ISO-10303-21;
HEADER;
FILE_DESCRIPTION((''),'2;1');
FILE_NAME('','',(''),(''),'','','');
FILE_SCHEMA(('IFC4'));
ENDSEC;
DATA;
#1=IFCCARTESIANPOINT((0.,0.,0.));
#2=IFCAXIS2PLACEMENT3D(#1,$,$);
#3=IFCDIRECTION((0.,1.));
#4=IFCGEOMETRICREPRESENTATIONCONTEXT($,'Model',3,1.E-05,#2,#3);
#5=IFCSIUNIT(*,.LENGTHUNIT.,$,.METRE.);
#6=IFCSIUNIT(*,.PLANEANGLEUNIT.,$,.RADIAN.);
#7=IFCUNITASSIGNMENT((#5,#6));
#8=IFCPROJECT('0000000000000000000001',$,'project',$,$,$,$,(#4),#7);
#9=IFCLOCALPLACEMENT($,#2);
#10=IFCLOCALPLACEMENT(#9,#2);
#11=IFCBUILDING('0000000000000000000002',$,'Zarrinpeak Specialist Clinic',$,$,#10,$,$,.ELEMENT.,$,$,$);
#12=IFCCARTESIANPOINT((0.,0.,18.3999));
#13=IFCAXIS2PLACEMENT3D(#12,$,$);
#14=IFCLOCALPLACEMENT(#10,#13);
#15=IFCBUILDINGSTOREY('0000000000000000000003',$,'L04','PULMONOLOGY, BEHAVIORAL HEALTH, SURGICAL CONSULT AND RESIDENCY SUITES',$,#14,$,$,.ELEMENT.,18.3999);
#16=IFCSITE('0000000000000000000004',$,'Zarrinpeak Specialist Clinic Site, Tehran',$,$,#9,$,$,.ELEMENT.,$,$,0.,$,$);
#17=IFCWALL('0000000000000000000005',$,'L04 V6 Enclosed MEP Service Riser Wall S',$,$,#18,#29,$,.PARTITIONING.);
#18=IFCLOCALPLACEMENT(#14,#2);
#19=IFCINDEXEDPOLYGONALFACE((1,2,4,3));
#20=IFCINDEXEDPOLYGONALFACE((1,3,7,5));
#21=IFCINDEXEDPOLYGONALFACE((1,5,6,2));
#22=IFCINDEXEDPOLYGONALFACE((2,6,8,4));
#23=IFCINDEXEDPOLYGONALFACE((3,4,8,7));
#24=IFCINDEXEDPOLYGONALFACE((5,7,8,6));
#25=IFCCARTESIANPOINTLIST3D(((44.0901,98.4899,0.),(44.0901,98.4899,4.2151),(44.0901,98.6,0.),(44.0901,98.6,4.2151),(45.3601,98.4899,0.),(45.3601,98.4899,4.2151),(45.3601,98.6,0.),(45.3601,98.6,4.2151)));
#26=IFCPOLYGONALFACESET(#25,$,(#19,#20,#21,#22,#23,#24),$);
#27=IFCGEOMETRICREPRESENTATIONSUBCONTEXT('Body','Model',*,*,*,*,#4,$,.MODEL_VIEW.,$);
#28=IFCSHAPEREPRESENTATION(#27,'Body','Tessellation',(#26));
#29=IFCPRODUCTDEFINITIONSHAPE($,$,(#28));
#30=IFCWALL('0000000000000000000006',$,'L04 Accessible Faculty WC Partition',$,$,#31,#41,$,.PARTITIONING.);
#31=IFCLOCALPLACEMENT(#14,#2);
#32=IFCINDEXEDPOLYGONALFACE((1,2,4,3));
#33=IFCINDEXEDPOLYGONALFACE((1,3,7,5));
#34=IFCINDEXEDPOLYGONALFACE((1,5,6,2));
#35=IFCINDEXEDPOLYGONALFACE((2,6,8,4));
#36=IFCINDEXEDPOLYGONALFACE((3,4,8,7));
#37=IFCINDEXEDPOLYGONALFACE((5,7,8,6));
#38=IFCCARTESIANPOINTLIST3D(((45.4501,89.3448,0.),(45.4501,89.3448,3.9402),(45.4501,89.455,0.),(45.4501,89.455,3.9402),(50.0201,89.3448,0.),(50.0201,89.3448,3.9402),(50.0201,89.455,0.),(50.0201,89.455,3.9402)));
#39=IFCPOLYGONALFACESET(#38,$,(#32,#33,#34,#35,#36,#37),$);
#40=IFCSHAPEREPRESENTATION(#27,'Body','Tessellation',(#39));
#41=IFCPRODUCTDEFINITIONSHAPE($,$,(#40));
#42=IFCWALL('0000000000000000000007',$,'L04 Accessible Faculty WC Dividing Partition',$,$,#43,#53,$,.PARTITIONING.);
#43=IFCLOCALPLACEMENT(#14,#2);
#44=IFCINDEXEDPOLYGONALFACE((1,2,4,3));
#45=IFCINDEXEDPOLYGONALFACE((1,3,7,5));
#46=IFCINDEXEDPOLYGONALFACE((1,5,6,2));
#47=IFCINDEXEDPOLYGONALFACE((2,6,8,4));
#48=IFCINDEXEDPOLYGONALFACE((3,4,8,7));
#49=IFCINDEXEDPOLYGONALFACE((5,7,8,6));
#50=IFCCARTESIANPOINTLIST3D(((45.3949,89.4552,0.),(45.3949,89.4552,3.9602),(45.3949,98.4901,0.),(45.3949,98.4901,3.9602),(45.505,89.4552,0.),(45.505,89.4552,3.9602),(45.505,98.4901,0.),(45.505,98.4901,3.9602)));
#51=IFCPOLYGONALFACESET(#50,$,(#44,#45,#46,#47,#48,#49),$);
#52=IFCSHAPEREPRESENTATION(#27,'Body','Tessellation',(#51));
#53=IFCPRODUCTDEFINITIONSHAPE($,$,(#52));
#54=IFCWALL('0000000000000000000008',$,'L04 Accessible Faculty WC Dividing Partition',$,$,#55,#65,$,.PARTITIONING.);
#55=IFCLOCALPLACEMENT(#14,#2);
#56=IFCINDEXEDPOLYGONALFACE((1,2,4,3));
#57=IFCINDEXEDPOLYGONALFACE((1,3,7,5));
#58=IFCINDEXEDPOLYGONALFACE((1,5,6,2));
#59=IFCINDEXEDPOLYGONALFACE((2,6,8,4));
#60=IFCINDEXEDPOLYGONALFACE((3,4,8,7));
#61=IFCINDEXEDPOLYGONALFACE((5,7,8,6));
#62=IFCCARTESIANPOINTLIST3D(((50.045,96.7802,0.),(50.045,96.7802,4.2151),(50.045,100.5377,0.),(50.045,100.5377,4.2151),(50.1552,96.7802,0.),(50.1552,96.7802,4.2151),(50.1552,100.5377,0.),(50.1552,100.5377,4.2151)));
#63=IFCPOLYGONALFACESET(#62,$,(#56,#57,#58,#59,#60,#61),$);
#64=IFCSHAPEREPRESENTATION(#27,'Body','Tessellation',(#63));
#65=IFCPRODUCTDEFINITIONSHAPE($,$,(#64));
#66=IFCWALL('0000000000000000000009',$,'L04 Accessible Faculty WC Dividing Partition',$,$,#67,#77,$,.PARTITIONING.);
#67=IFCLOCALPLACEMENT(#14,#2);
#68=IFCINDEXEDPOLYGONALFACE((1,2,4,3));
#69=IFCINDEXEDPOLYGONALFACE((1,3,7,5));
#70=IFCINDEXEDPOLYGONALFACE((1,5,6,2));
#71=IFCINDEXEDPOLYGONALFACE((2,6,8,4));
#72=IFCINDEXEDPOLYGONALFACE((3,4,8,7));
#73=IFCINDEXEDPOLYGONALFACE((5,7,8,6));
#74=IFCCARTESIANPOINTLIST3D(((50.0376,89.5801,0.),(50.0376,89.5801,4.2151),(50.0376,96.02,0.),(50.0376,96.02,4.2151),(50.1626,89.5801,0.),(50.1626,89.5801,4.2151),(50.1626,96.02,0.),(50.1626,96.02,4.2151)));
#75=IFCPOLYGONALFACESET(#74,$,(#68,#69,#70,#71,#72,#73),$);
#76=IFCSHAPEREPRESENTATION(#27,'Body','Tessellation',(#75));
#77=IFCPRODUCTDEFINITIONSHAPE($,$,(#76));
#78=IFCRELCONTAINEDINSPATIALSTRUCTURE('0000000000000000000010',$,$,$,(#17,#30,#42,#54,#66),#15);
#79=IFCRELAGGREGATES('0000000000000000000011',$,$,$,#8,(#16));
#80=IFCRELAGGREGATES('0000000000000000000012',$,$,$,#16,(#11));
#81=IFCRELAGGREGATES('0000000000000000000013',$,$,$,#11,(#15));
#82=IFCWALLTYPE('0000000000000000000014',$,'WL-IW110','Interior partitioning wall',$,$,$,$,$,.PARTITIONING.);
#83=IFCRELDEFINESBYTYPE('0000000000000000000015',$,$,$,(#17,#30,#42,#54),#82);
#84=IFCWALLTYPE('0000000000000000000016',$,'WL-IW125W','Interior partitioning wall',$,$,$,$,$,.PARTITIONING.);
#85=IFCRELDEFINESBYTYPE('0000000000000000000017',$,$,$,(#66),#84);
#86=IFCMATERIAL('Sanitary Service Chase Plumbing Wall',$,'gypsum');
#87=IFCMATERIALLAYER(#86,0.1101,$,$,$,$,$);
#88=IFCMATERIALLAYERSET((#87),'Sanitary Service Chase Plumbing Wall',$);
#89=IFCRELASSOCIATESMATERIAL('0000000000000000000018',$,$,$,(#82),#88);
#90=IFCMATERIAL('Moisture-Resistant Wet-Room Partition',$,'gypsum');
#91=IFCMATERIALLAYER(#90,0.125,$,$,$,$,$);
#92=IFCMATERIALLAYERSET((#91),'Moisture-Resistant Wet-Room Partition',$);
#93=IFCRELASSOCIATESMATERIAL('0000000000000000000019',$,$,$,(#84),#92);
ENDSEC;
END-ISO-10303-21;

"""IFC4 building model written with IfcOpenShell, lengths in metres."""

from ifc_helpers import new_model, si_unit, direction, frame, frame_2d, origin, place, context, subcontext, project, spatial, rectangle, extrude, material, layer, layer_set, type_object, element, save


model = new_model("IFC4")

# Units and contexts
model_context = context("Model", 3, precision=1e-05, world=origin(), true_north=direction((0.0, 1.0)))
body_context = subcontext(model_context, "Body", "Model", "MODEL_VIEW")
ifc_project = project(units=[si_unit("LENGTHUNIT", "METRE"), si_unit("PLANEANGLEUNIT", "RADIAN")], contexts=[model_context])

# Site, building, storey
site_placement = place(None, origin())
site = spatial("IfcSite", under=ifc_project, at=site_placement, Name="Zarrinpeak Specialist Clinic Site, Tehran", CompositionType="ELEMENT", RefElevation=0.0)
building_placement = place(site_placement, origin())
building = spatial("IfcBuilding", under=site, at=building_placement, Name="Zarrinpeak Specialist Clinic", CompositionType="ELEMENT")
storey_placement = place(building_placement, frame((0.0, 0.0, 18.3999)))
storey = spatial("IfcBuildingStorey", under=building, at=storey_placement, Name="L04", Description="PULMONOLOGY, BEHAVIORAL HEALTH, SURGICAL CONSULT AND RESIDENCY SUITES", CompositionType="ELEMENT", Elevation=18.3999)

# Walls
ifc_material_1 = material(Name="Sanitary Service Chase Plumbing Wall", Category="gypsum")
ifc_layer_1 = layer(ifc_material_1, 0.1101)
ifc_layer_set_1 = layer_set([ifc_layer_1], Name="Sanitary Service Chase Plumbing Wall")
wall_type_1 = type_object("IfcWallType", Name="WL-IW110", Description="Interior partitioning wall", PredefinedType="PARTITIONING", material=ifc_layer_set_1)
wall_1_placement = place(storey_placement, frame((44.0901, 98.5449, 0.0), z_axis=(0.0, 0.0, 1.0), x_axis=(1.0, 0.0, 0.0)))
element("IfcWall", 1, at=wall_1_placement, inside=storey, type_object=wall_type_1, Name="L04 V6 Enclosed MEP Service Riser Wall S", PredefinedType="PARTITIONING", context=body_context, shape_type="SweptSolid", body=[
    extrude(rectangle(XDim=1.27, YDim=0.1101, at=frame_2d((0.635, 0.0))), origin(), (0.0, 0.0, 1.0), 4.2151),
])
wall_2_placement = place(storey_placement, frame((45.45, 89.3999, 0.0), z_axis=(0.0, 0.0, 1.0), x_axis=(1.0, 0.0, 0.0)))
element("IfcWall", 2, at=wall_2_placement, inside=storey, type_object=wall_type_1, Name="L04 Accessible Faculty WC Partition", PredefinedType="PARTITIONING", context=body_context, shape_type="SweptSolid", body=[
    extrude(rectangle(XDim=4.5701, YDim=0.1101, at=frame_2d((2.2852, 0.0))), origin(), (0.0, 0.0, 1.0), 3.9402),
])
wall_3_placement = place(storey_placement, frame((45.45, 89.4551, 0.0), z_axis=(0.0, 0.0, 1.0), x_axis=(0.0, 1.0, 0.0)))
element("IfcWall", 3, at=wall_3_placement, inside=storey, type_object=wall_type_1, Name="L04 Accessible Faculty WC Dividing Partition", PredefinedType="PARTITIONING", context=body_context, shape_type="SweptSolid", body=[
    extrude(rectangle(XDim=9.0349, YDim=0.1101, at=frame_2d((4.5176, 0.0))), origin(), (0.0, 0.0, 1.0), 3.9602),
])
wall_4_placement = place(storey_placement, frame((50.1001, 96.78, 0.0), z_axis=(0.0, 0.0, 1.0), x_axis=(0.0, 1.0, 0.0)))
element("IfcWall", 4, at=wall_4_placement, inside=storey, type_object=wall_type_1, Name="L04 Accessible Faculty WC Dividing Partition", PredefinedType="PARTITIONING", context=body_context, shape_type="SweptSolid", body=[
    extrude(rectangle(XDim=3.7576, YDim=0.1101, at=frame_2d((1.8789, 0.0))), origin(), (0.0, 0.0, 1.0), 4.2151),
])
ifc_material_2 = material(Name="Moisture-Resistant Wet-Room Partition", Category="gypsum")
ifc_layer_2 = layer(ifc_material_2, 0.125)
ifc_layer_set_2 = layer_set([ifc_layer_2], Name="Moisture-Resistant Wet-Room Partition")
wall_type_2 = type_object("IfcWallType", Name="WL-IW125W", Description="Interior partitioning wall", PredefinedType="PARTITIONING", material=ifc_layer_set_2)
wall_5_placement = place(storey_placement, frame((50.1001, 89.5801, 0.0), z_axis=(0.0, 0.0, 1.0), x_axis=(0.0, 1.0, 0.0)))
element("IfcWall", 5, at=wall_5_placement, inside=storey, type_object=wall_type_2, Name="L04 Accessible Faculty WC Dividing Partition", PredefinedType="PARTITIONING", context=body_context, shape_type="SweptSolid", body=[
    extrude(rectangle(XDim=6.4399, YDim=0.125, at=frame_2d((3.22, 0.0))), origin(), (0.0, 0.0, 1.0), 4.2151),
])

save(model, "model.ifc")
